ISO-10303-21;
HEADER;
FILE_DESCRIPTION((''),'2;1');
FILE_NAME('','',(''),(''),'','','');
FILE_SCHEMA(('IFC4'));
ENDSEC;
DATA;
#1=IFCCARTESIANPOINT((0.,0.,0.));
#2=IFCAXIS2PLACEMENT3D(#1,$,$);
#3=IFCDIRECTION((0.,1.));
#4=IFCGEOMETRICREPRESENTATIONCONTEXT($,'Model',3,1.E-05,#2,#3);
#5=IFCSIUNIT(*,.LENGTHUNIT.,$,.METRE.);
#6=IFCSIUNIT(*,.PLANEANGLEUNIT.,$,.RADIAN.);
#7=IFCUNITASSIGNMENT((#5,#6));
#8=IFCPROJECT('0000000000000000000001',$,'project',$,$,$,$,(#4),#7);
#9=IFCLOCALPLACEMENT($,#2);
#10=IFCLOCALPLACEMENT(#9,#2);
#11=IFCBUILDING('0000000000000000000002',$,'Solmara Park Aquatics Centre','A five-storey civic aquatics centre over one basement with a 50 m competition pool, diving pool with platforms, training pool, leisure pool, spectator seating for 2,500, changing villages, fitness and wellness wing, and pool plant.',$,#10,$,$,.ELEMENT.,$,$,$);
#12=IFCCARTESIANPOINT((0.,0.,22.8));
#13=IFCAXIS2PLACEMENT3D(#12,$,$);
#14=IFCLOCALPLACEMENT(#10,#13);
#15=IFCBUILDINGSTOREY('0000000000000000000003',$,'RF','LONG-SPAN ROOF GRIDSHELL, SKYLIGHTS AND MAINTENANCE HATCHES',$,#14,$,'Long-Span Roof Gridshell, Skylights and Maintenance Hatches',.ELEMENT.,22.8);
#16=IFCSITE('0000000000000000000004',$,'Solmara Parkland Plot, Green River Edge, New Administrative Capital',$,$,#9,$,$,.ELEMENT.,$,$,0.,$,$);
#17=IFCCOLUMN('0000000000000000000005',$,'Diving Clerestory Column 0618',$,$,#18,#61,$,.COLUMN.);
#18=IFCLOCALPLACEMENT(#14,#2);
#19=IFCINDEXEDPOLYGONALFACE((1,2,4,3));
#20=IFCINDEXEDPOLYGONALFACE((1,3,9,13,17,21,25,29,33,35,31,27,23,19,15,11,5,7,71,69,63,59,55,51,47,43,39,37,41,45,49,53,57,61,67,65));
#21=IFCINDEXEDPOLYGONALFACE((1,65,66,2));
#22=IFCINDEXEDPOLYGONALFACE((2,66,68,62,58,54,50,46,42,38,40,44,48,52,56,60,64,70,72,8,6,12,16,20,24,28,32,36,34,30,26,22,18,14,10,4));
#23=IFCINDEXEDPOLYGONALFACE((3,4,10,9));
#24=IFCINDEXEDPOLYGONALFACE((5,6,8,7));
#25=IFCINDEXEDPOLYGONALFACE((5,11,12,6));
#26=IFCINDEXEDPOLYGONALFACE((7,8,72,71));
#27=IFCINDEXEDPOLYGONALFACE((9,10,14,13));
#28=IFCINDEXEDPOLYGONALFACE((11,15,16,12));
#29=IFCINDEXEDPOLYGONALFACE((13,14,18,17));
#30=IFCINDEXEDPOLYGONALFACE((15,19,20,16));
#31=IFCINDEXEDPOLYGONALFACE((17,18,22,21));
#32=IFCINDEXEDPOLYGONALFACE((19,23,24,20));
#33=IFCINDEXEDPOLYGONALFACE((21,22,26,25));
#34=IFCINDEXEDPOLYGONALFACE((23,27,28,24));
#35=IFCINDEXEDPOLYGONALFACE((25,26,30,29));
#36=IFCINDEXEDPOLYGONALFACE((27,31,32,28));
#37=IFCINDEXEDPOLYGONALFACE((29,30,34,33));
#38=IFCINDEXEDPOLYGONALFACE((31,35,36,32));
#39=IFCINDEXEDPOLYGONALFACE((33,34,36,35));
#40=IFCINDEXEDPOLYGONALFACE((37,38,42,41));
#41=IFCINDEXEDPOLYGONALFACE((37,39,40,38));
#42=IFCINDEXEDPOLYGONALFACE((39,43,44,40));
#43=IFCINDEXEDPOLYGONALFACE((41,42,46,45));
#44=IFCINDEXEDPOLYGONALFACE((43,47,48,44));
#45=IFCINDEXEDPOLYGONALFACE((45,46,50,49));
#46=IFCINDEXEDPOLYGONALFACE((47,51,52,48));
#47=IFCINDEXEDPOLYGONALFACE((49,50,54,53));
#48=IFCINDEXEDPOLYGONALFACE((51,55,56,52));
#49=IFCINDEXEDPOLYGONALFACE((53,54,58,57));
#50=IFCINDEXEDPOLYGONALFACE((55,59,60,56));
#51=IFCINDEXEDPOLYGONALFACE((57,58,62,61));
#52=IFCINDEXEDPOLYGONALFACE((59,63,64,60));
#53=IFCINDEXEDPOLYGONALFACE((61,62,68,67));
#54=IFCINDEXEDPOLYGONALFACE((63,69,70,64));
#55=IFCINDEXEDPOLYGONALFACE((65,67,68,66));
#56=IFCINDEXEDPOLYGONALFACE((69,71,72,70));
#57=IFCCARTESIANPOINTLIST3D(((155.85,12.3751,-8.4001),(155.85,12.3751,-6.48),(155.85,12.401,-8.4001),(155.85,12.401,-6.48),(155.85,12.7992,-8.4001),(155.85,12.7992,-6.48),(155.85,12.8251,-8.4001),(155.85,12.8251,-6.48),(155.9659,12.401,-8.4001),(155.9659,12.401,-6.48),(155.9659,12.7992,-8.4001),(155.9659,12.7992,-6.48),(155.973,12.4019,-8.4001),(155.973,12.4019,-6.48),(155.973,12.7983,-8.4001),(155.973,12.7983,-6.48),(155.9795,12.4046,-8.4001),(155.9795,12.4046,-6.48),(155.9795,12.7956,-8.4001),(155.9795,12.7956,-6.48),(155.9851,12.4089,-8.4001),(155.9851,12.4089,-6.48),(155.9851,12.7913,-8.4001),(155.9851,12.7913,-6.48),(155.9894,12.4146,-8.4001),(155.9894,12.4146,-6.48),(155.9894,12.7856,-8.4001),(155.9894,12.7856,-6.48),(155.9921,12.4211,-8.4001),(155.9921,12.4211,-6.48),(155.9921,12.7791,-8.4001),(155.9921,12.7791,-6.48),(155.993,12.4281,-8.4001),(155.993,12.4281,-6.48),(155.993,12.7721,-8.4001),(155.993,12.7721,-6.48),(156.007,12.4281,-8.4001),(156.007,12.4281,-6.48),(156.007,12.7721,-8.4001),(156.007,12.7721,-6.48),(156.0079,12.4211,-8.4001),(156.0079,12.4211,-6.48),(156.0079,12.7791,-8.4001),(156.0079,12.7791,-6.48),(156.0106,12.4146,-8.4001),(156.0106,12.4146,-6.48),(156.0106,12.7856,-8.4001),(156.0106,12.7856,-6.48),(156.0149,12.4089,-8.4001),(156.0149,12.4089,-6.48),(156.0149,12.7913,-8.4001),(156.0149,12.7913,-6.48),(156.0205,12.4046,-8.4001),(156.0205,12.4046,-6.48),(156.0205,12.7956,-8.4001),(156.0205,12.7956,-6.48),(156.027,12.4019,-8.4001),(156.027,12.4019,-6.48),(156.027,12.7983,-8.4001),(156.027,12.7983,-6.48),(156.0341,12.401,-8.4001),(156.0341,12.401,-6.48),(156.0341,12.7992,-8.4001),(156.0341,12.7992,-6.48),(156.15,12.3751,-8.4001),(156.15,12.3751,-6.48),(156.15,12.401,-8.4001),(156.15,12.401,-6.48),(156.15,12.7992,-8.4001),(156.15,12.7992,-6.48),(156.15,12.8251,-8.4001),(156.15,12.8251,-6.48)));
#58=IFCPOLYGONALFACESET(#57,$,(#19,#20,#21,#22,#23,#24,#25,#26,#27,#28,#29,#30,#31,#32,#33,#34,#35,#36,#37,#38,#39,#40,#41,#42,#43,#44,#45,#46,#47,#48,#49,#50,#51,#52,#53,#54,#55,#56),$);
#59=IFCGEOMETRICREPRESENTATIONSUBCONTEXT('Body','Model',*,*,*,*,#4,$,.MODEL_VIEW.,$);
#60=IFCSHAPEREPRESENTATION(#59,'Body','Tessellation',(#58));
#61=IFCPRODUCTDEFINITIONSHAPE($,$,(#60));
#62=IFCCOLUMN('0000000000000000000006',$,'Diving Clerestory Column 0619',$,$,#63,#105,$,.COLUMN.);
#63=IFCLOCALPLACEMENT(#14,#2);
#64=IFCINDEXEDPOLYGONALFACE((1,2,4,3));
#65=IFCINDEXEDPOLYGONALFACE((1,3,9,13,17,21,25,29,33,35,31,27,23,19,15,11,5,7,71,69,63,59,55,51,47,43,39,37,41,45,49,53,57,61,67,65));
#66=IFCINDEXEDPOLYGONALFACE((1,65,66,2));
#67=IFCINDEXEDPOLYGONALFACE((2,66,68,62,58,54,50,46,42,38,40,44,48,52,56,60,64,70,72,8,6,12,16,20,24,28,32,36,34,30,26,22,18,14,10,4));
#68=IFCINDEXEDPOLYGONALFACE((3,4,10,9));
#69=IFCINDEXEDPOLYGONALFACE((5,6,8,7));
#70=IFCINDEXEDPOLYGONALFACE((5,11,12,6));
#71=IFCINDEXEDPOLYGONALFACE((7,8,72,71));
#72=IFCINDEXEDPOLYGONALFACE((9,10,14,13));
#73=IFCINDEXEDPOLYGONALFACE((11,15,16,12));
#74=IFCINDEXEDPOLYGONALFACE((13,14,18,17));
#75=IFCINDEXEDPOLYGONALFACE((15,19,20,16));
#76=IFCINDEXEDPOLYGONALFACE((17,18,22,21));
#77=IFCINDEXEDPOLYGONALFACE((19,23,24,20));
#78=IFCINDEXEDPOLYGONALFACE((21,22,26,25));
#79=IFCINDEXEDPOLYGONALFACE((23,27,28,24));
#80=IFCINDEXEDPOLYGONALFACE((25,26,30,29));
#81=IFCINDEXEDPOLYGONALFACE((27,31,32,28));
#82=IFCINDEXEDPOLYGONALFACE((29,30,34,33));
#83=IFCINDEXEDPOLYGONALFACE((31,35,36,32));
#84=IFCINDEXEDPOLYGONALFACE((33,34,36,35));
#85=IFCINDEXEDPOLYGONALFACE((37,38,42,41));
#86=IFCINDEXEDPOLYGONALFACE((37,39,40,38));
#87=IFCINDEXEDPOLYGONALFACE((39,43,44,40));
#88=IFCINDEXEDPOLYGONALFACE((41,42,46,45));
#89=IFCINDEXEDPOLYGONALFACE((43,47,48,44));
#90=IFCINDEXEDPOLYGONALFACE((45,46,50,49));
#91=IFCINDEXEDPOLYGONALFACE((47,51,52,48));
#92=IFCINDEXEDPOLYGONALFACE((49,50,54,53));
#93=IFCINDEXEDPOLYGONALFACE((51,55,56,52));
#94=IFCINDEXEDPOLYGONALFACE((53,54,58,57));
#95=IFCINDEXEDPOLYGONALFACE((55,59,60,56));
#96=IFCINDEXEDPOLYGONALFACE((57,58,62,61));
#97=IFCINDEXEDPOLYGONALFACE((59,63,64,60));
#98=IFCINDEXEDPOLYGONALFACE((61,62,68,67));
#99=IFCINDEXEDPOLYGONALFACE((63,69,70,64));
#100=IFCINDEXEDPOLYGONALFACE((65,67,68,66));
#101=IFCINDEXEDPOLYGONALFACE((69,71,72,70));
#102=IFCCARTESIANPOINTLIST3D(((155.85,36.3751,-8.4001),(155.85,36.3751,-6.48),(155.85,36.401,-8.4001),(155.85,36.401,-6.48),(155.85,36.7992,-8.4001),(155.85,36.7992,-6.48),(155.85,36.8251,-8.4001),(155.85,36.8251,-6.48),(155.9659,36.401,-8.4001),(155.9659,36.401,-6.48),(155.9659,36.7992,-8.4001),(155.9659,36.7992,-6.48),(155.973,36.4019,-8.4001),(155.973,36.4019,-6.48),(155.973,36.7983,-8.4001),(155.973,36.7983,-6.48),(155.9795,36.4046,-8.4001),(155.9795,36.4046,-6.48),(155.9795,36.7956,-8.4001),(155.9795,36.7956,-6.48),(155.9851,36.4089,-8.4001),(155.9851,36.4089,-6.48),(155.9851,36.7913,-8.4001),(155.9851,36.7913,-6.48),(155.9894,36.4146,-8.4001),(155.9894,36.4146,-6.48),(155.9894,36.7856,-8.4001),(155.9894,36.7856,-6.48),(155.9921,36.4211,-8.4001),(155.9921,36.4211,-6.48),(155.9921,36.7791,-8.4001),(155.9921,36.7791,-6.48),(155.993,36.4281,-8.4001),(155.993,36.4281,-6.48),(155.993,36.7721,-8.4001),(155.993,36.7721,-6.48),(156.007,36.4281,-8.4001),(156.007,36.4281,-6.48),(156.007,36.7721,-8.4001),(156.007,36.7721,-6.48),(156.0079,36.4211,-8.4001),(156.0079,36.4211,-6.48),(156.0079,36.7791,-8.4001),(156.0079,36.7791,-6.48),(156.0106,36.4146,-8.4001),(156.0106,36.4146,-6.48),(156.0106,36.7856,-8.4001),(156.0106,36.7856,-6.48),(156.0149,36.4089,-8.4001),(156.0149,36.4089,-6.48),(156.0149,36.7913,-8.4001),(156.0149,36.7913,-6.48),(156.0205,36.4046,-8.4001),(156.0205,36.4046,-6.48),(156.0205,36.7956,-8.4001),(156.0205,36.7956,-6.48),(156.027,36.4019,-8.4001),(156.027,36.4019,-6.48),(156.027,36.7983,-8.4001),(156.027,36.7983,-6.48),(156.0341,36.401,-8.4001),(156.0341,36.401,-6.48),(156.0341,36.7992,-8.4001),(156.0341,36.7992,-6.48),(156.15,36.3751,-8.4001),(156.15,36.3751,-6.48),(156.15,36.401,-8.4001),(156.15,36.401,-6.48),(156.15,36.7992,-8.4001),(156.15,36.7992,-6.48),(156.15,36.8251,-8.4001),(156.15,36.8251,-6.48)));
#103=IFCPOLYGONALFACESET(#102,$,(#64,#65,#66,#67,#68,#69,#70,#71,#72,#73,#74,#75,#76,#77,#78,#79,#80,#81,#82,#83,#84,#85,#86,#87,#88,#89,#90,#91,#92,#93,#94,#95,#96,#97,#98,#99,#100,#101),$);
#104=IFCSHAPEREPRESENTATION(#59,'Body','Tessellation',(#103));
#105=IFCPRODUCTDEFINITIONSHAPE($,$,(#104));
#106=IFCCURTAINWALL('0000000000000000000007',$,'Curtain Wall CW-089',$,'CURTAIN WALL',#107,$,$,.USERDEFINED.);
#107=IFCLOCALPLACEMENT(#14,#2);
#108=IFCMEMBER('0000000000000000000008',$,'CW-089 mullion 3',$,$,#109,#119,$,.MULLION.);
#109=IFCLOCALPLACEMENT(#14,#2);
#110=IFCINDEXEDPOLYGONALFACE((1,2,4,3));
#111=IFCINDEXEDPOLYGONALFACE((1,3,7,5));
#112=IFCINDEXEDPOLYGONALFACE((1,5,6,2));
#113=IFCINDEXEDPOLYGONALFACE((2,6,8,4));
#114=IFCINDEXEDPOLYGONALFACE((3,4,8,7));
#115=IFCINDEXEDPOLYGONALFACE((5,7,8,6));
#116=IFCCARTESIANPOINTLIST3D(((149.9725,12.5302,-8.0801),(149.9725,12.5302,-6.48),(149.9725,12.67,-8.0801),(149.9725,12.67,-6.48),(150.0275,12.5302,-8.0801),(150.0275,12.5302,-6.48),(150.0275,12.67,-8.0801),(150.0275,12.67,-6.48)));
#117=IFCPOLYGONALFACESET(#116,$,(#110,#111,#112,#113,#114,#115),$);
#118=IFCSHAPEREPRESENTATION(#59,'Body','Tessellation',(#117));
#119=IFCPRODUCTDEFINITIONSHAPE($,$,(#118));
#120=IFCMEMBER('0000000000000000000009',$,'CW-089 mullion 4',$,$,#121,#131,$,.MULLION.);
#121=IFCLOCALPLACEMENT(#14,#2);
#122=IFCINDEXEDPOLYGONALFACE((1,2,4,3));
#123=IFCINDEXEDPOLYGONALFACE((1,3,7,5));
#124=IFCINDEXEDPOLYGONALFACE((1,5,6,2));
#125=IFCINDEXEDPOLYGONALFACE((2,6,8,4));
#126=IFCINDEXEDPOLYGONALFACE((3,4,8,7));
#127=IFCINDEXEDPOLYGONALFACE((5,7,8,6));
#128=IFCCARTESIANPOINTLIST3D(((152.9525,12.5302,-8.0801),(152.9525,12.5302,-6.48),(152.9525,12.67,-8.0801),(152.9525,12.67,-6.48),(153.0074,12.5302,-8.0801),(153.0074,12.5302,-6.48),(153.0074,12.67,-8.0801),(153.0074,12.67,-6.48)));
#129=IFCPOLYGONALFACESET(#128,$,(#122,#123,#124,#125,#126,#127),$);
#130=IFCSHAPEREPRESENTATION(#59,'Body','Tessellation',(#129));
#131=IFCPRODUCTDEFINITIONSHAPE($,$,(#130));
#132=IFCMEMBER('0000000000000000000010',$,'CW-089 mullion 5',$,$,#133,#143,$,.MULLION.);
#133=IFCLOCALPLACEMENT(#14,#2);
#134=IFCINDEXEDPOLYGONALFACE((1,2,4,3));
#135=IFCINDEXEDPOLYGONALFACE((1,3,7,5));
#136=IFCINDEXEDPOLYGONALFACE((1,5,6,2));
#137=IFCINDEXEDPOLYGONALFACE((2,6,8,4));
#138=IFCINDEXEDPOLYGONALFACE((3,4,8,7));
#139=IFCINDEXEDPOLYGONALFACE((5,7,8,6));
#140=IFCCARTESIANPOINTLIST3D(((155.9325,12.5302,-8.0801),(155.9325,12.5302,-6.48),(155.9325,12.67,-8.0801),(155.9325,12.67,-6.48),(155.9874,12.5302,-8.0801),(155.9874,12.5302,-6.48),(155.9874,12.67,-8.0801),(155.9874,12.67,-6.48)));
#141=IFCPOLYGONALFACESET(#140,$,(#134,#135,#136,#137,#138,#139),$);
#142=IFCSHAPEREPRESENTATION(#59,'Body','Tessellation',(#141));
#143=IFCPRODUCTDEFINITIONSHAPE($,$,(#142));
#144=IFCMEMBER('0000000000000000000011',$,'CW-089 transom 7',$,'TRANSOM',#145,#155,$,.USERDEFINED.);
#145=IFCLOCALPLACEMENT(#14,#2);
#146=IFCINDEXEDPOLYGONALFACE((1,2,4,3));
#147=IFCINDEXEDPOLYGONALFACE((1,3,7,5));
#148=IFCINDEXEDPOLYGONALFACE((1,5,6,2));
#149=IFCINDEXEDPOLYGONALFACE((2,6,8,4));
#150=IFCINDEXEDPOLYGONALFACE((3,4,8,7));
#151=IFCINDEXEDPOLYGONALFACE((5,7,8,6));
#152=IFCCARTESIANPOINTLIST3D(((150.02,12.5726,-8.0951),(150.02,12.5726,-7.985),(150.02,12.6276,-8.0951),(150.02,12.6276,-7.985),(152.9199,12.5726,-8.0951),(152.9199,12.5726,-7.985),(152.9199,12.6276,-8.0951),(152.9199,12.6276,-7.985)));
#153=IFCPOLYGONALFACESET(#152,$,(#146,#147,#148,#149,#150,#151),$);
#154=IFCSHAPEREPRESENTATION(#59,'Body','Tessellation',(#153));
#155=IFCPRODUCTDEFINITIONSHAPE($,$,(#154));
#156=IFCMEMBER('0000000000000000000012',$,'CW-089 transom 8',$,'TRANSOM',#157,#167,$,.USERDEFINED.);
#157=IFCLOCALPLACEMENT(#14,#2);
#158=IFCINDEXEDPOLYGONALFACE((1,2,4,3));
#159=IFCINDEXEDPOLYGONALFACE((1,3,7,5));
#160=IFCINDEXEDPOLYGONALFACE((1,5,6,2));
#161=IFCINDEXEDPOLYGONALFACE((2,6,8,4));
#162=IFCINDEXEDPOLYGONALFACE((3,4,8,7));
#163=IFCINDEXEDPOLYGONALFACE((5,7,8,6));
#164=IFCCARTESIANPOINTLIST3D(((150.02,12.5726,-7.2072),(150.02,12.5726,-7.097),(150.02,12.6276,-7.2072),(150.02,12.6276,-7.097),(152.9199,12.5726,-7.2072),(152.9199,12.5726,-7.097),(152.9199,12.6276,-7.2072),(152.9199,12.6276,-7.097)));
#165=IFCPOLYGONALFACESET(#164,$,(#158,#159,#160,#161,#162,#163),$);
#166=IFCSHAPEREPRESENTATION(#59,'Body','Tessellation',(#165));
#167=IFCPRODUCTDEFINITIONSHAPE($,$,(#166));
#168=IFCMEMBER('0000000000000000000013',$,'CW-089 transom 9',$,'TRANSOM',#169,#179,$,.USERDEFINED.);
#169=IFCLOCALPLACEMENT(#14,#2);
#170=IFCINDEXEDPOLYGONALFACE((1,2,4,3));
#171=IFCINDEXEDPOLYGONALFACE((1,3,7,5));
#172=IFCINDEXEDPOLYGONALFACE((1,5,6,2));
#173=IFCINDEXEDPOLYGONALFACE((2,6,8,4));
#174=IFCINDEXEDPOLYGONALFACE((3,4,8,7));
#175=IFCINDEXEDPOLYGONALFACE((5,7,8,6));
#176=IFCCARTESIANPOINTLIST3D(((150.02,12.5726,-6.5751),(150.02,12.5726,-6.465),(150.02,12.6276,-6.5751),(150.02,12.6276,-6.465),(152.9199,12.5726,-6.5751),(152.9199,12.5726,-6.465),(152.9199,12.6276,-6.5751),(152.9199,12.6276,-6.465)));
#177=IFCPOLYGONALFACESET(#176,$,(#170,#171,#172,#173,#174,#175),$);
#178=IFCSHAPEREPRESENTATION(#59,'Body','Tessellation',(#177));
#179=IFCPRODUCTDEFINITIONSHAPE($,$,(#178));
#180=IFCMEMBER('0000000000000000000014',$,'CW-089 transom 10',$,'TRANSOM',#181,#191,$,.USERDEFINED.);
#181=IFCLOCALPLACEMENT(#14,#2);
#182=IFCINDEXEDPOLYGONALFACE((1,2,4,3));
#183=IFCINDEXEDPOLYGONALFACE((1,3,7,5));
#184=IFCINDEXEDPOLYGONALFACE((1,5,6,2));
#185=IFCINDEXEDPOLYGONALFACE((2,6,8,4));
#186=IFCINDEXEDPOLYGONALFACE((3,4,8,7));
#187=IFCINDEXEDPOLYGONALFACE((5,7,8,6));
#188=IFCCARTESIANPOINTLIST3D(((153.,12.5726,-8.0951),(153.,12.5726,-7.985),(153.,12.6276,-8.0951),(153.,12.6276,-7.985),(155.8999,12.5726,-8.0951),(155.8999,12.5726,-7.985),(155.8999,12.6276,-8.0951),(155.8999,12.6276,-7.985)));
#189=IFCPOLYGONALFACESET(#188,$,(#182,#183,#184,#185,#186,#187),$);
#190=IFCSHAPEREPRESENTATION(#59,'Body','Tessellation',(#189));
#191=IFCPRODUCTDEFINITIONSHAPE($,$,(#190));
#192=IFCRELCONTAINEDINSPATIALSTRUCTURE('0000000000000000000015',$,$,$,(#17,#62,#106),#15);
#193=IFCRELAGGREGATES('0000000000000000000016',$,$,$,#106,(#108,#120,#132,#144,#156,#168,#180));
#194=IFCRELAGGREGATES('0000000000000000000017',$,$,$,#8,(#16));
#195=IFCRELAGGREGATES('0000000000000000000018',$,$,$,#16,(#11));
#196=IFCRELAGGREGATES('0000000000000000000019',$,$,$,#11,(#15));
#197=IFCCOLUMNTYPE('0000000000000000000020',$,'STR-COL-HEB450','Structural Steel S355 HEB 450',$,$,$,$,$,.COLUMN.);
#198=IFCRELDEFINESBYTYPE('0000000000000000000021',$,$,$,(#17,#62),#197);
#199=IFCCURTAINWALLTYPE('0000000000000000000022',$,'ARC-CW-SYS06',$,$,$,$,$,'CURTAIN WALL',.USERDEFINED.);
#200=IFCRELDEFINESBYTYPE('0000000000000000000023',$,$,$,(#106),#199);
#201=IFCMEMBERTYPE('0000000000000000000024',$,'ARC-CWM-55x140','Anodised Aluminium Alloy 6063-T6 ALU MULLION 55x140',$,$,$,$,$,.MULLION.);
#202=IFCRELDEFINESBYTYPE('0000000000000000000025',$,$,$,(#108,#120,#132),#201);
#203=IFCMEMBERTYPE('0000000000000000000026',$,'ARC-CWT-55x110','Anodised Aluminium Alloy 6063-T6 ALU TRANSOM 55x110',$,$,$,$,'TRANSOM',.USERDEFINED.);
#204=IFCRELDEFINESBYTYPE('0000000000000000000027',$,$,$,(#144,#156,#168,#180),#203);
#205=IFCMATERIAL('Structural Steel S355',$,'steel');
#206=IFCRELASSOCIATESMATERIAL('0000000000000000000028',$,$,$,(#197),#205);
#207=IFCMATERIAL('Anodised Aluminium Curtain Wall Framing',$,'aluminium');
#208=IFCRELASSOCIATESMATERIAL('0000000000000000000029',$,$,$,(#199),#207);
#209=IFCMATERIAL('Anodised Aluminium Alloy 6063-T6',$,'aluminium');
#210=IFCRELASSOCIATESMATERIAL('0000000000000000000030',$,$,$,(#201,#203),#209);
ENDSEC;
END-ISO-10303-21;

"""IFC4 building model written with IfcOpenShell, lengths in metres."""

from ifc_helpers import new_model, si_unit, direction, frame, origin, origin_2d, place, context, subcontext, project, spatial, rectangle, i_section, extrude, material, material_profile, profile_set, type_object, element, aggregate, save


model = new_model("IFC4")

# Units and contexts
model_context = context("Model", 3, precision=1e-05, world=origin(), true_north=direction((0.0, 1.0)))
body_context = subcontext(model_context, "Body", "Model", "MODEL_VIEW")
ifc_project = project(units=[si_unit("LENGTHUNIT", "METRE"), si_unit("PLANEANGLEUNIT", "RADIAN")], contexts=[model_context])

# Site, building, storey
site_placement = place(None, origin())
site = spatial("IfcSite", under=ifc_project, at=site_placement, Name="Solmara Parkland Plot, Green River Edge, New Administrative Capital", CompositionType="ELEMENT", RefElevation=0.0)
building_placement = place(site_placement, origin())
building = spatial("IfcBuilding", under=site, at=building_placement, Name="Solmara Park Aquatics Centre", Description="A five-storey civic aquatics centre over one basement with a 50 m competition pool, diving pool with platforms, training pool, leisure pool, spectator seating for 2,500, changing villages, fitness and wellness wing, and pool plant.", CompositionType="ELEMENT")
storey_placement = place(building_placement, frame((0.0, 0.0, 22.8)))
storey = spatial("IfcBuildingStorey", under=building, at=storey_placement, Name="RF", Description="LONG-SPAN ROOF GRIDSHELL, SKYLIGHTS AND MAINTENANCE HATCHES", LongName="Long-Span Roof Gridshell, Skylights and Maintenance Hatches", CompositionType="ELEMENT", Elevation=22.8)

# Columns
ifc_material_1 = material(Name="Structural Steel S355", Category="steel")
ifc_material_profile_1 = material_profile(ifc_material_1, i_section(OverallWidth=0.3, OverallDepth=0.45, WebThickness=0.0139, FlangeThickness=0.0259, FilletRadius=0.0271, at=origin_2d()), Name="HEB 450")
ifc_profile_set_1 = profile_set([ifc_material_profile_1], Name="Structural Steel S355")
column_type = type_object("IfcColumnType", Name="STR-COL-HEB450", Description="Structural Steel S355 HEB 450", PredefinedType="COLUMN", material=ifc_profile_set_1)
for number, where, z_axis, x_axis, name in (
    (1, (156.0, 12.6001, -8.4001), (0.0, 0.0, 1.0), (1.0, 0.0, 0.0), "Diving Clerestory Column 0618"),
    (2, (156.0, 36.6001, -8.4001), (0.0, 0.0, 1.0), (1.0, 0.0, 0.0), "Diving Clerestory Column 0619"),
):
    element("IfcColumn", number, at=place(storey_placement, frame(where, z_axis=z_axis, x_axis=x_axis)), inside=storey, type_object=column_type, Name=name, PredefinedType="COLUMN", context=body_context, shape_type="SweptSolid", body=[
        extrude(i_section(OverallWidth=0.3, OverallDepth=0.45, WebThickness=0.0139, FlangeThickness=0.0259, FilletRadius=0.0271, at=origin_2d()), origin(), (0.0, 0.0, 1.0), 1.9202),
    ])

# Curtain wall, members
ifc_material_2 = material(Name="Anodised Aluminium Curtain Wall Framing", Category="aluminium")
curtain_wall_type = type_object("IfcCurtainWallType", Name="ARC-CW-SYS06", ElementType="CURTAIN WALL", PredefinedType="USERDEFINED", material=ifc_material_2)
curtain_wall_placement = place(storey_placement, origin())
curtain_wall = element("IfcCurtainWall", 3, at=curtain_wall_placement, inside=storey, type_object=curtain_wall_type, Name="Curtain Wall CW-089", ObjectType="CURTAIN WALL", PredefinedType="USERDEFINED")
ifc_material_3 = material(Name="Anodised Aluminium Alloy 6063-T6", Category="aluminium")
ifc_material_profile_2 = material_profile(ifc_material_3, rectangle(XDim=0.0549, YDim=0.1399, at=origin_2d()), Name="ALU MULLION 55x140")
ifc_profile_set_2 = profile_set([ifc_material_profile_2], Name="Anodised Aluminium Alloy 6063-T6")
member_type_1 = type_object("IfcMemberType", Name="ARC-CWM-55x140", Description="Anodised Aluminium Alloy 6063-T6 ALU MULLION 55x140", PredefinedType="MULLION", material=ifc_profile_set_2)
member_1_placement = place(storey_placement, frame((150.0, 12.6001, -8.0801), z_axis=(0.0, 0.0, 1.0), x_axis=(1.0, 0.0, 0.0)))
member_1 = element("IfcMember", 4, at=member_1_placement, type_object=member_type_1, Name="CW-089 mullion 3", PredefinedType="MULLION", context=body_context, shape_type="SweptSolid", body=[
    extrude(rectangle(XDim=0.0549, YDim=0.1399, at=origin_2d()), origin(), (0.0, 0.0, 1.0), 1.6001),
])
member_2_placement = place(storey_placement, frame((152.98, 12.6001, -8.0801), z_axis=(0.0, 0.0, 1.0), x_axis=(1.0, 0.0, 0.0)))
member_2 = element("IfcMember", 5, at=member_2_placement, type_object=member_type_1, Name="CW-089 mullion 4", PredefinedType="MULLION", context=body_context, shape_type="SweptSolid", body=[
    extrude(rectangle(XDim=0.0549, YDim=0.1399, at=origin_2d()), origin(), (0.0, 0.0, 1.0), 1.6001),
])
member_3_placement = place(storey_placement, frame((155.96, 12.6001, -8.0801), z_axis=(0.0, 0.0, 1.0), x_axis=(1.0, 0.0, 0.0)))
member_3 = element("IfcMember", 6, at=member_3_placement, type_object=member_type_1, Name="CW-089 mullion 5", PredefinedType="MULLION", context=body_context, shape_type="SweptSolid", body=[
    extrude(rectangle(XDim=0.0549, YDim=0.1399, at=origin_2d()), origin(), (0.0, 0.0, 1.0), 1.6001),
])
ifc_material_profile_3 = material_profile(ifc_material_3, rectangle(XDim=0.0549, YDim=0.1101, at=origin_2d()), Name="ALU TRANSOM 55x110")
ifc_profile_set_3 = profile_set([ifc_material_profile_3], Name="Anodised Aluminium Alloy 6063-T6")
member_type_2 = type_object("IfcMemberType", Name="ARC-CWT-55x110", Description="Anodised Aluminium Alloy 6063-T6 ALU TRANSOM 55x110", ElementType="TRANSOM", PredefinedType="USERDEFINED", material=ifc_profile_set_3)
member_4_placement = place(storey_placement, frame((150.02, 12.6001, -8.04), z_axis=(1.0, 0.0, 0.0), x_axis=(0.0, 1.0, 0.0)))
member_4 = element("IfcMember", 7, at=member_4_placement, type_object=member_type_2, Name="CW-089 transom 7", ObjectType="TRANSOM", PredefinedType="USERDEFINED", context=body_context, shape_type="SweptSolid", body=[
    extrude(rectangle(XDim=0.0549, YDim=0.1101, at=origin_2d()), origin(), (0.0, 0.0, 1.0), 2.8999),
])
member_5_placement = place(storey_placement, frame((150.02, 12.6001, -7.1521), z_axis=(1.0, 0.0, 0.0), x_axis=(0.0, 1.0, 0.0)))
member_5 = element("IfcMember", 8, at=member_5_placement, type_object=member_type_2, Name="CW-089 transom 8", ObjectType="TRANSOM", PredefinedType="USERDEFINED", context=body_context, shape_type="SweptSolid", body=[
    extrude(rectangle(XDim=0.0549, YDim=0.1101, at=origin_2d()), origin(), (0.0, 0.0, 1.0), 2.8999),
])
member_6_placement = place(storey_placement, frame((150.02, 12.6001, -6.52), z_axis=(1.0, 0.0, 0.0), x_axis=(0.0, 1.0, 0.0)))
member_6 = element("IfcMember", 9, at=member_6_placement, type_object=member_type_2, Name="CW-089 transom 9", ObjectType="TRANSOM", PredefinedType="USERDEFINED", context=body_context, shape_type="SweptSolid", body=[
    extrude(rectangle(XDim=0.0549, YDim=0.1101, at=origin_2d()), origin(), (0.0, 0.0, 1.0), 2.8999),
])
member_7_placement = place(storey_placement, frame((153.0, 12.6001, -8.04), z_axis=(1.0, 0.0, 0.0), x_axis=(0.0, 1.0, 0.0)))
member_7 = element("IfcMember", 10, at=member_7_placement, type_object=member_type_2, Name="CW-089 transom 10", ObjectType="TRANSOM", PredefinedType="USERDEFINED", context=body_context, shape_type="SweptSolid", body=[
    extrude(rectangle(XDim=0.0549, YDim=0.1101, at=origin_2d()), origin(), (0.0, 0.0, 1.0), 2.8999),
])

aggregate(curtain_wall, [member_1, member_2, member_3, member_4, member_5, member_6, member_7])

save(model, "model.ifc")
